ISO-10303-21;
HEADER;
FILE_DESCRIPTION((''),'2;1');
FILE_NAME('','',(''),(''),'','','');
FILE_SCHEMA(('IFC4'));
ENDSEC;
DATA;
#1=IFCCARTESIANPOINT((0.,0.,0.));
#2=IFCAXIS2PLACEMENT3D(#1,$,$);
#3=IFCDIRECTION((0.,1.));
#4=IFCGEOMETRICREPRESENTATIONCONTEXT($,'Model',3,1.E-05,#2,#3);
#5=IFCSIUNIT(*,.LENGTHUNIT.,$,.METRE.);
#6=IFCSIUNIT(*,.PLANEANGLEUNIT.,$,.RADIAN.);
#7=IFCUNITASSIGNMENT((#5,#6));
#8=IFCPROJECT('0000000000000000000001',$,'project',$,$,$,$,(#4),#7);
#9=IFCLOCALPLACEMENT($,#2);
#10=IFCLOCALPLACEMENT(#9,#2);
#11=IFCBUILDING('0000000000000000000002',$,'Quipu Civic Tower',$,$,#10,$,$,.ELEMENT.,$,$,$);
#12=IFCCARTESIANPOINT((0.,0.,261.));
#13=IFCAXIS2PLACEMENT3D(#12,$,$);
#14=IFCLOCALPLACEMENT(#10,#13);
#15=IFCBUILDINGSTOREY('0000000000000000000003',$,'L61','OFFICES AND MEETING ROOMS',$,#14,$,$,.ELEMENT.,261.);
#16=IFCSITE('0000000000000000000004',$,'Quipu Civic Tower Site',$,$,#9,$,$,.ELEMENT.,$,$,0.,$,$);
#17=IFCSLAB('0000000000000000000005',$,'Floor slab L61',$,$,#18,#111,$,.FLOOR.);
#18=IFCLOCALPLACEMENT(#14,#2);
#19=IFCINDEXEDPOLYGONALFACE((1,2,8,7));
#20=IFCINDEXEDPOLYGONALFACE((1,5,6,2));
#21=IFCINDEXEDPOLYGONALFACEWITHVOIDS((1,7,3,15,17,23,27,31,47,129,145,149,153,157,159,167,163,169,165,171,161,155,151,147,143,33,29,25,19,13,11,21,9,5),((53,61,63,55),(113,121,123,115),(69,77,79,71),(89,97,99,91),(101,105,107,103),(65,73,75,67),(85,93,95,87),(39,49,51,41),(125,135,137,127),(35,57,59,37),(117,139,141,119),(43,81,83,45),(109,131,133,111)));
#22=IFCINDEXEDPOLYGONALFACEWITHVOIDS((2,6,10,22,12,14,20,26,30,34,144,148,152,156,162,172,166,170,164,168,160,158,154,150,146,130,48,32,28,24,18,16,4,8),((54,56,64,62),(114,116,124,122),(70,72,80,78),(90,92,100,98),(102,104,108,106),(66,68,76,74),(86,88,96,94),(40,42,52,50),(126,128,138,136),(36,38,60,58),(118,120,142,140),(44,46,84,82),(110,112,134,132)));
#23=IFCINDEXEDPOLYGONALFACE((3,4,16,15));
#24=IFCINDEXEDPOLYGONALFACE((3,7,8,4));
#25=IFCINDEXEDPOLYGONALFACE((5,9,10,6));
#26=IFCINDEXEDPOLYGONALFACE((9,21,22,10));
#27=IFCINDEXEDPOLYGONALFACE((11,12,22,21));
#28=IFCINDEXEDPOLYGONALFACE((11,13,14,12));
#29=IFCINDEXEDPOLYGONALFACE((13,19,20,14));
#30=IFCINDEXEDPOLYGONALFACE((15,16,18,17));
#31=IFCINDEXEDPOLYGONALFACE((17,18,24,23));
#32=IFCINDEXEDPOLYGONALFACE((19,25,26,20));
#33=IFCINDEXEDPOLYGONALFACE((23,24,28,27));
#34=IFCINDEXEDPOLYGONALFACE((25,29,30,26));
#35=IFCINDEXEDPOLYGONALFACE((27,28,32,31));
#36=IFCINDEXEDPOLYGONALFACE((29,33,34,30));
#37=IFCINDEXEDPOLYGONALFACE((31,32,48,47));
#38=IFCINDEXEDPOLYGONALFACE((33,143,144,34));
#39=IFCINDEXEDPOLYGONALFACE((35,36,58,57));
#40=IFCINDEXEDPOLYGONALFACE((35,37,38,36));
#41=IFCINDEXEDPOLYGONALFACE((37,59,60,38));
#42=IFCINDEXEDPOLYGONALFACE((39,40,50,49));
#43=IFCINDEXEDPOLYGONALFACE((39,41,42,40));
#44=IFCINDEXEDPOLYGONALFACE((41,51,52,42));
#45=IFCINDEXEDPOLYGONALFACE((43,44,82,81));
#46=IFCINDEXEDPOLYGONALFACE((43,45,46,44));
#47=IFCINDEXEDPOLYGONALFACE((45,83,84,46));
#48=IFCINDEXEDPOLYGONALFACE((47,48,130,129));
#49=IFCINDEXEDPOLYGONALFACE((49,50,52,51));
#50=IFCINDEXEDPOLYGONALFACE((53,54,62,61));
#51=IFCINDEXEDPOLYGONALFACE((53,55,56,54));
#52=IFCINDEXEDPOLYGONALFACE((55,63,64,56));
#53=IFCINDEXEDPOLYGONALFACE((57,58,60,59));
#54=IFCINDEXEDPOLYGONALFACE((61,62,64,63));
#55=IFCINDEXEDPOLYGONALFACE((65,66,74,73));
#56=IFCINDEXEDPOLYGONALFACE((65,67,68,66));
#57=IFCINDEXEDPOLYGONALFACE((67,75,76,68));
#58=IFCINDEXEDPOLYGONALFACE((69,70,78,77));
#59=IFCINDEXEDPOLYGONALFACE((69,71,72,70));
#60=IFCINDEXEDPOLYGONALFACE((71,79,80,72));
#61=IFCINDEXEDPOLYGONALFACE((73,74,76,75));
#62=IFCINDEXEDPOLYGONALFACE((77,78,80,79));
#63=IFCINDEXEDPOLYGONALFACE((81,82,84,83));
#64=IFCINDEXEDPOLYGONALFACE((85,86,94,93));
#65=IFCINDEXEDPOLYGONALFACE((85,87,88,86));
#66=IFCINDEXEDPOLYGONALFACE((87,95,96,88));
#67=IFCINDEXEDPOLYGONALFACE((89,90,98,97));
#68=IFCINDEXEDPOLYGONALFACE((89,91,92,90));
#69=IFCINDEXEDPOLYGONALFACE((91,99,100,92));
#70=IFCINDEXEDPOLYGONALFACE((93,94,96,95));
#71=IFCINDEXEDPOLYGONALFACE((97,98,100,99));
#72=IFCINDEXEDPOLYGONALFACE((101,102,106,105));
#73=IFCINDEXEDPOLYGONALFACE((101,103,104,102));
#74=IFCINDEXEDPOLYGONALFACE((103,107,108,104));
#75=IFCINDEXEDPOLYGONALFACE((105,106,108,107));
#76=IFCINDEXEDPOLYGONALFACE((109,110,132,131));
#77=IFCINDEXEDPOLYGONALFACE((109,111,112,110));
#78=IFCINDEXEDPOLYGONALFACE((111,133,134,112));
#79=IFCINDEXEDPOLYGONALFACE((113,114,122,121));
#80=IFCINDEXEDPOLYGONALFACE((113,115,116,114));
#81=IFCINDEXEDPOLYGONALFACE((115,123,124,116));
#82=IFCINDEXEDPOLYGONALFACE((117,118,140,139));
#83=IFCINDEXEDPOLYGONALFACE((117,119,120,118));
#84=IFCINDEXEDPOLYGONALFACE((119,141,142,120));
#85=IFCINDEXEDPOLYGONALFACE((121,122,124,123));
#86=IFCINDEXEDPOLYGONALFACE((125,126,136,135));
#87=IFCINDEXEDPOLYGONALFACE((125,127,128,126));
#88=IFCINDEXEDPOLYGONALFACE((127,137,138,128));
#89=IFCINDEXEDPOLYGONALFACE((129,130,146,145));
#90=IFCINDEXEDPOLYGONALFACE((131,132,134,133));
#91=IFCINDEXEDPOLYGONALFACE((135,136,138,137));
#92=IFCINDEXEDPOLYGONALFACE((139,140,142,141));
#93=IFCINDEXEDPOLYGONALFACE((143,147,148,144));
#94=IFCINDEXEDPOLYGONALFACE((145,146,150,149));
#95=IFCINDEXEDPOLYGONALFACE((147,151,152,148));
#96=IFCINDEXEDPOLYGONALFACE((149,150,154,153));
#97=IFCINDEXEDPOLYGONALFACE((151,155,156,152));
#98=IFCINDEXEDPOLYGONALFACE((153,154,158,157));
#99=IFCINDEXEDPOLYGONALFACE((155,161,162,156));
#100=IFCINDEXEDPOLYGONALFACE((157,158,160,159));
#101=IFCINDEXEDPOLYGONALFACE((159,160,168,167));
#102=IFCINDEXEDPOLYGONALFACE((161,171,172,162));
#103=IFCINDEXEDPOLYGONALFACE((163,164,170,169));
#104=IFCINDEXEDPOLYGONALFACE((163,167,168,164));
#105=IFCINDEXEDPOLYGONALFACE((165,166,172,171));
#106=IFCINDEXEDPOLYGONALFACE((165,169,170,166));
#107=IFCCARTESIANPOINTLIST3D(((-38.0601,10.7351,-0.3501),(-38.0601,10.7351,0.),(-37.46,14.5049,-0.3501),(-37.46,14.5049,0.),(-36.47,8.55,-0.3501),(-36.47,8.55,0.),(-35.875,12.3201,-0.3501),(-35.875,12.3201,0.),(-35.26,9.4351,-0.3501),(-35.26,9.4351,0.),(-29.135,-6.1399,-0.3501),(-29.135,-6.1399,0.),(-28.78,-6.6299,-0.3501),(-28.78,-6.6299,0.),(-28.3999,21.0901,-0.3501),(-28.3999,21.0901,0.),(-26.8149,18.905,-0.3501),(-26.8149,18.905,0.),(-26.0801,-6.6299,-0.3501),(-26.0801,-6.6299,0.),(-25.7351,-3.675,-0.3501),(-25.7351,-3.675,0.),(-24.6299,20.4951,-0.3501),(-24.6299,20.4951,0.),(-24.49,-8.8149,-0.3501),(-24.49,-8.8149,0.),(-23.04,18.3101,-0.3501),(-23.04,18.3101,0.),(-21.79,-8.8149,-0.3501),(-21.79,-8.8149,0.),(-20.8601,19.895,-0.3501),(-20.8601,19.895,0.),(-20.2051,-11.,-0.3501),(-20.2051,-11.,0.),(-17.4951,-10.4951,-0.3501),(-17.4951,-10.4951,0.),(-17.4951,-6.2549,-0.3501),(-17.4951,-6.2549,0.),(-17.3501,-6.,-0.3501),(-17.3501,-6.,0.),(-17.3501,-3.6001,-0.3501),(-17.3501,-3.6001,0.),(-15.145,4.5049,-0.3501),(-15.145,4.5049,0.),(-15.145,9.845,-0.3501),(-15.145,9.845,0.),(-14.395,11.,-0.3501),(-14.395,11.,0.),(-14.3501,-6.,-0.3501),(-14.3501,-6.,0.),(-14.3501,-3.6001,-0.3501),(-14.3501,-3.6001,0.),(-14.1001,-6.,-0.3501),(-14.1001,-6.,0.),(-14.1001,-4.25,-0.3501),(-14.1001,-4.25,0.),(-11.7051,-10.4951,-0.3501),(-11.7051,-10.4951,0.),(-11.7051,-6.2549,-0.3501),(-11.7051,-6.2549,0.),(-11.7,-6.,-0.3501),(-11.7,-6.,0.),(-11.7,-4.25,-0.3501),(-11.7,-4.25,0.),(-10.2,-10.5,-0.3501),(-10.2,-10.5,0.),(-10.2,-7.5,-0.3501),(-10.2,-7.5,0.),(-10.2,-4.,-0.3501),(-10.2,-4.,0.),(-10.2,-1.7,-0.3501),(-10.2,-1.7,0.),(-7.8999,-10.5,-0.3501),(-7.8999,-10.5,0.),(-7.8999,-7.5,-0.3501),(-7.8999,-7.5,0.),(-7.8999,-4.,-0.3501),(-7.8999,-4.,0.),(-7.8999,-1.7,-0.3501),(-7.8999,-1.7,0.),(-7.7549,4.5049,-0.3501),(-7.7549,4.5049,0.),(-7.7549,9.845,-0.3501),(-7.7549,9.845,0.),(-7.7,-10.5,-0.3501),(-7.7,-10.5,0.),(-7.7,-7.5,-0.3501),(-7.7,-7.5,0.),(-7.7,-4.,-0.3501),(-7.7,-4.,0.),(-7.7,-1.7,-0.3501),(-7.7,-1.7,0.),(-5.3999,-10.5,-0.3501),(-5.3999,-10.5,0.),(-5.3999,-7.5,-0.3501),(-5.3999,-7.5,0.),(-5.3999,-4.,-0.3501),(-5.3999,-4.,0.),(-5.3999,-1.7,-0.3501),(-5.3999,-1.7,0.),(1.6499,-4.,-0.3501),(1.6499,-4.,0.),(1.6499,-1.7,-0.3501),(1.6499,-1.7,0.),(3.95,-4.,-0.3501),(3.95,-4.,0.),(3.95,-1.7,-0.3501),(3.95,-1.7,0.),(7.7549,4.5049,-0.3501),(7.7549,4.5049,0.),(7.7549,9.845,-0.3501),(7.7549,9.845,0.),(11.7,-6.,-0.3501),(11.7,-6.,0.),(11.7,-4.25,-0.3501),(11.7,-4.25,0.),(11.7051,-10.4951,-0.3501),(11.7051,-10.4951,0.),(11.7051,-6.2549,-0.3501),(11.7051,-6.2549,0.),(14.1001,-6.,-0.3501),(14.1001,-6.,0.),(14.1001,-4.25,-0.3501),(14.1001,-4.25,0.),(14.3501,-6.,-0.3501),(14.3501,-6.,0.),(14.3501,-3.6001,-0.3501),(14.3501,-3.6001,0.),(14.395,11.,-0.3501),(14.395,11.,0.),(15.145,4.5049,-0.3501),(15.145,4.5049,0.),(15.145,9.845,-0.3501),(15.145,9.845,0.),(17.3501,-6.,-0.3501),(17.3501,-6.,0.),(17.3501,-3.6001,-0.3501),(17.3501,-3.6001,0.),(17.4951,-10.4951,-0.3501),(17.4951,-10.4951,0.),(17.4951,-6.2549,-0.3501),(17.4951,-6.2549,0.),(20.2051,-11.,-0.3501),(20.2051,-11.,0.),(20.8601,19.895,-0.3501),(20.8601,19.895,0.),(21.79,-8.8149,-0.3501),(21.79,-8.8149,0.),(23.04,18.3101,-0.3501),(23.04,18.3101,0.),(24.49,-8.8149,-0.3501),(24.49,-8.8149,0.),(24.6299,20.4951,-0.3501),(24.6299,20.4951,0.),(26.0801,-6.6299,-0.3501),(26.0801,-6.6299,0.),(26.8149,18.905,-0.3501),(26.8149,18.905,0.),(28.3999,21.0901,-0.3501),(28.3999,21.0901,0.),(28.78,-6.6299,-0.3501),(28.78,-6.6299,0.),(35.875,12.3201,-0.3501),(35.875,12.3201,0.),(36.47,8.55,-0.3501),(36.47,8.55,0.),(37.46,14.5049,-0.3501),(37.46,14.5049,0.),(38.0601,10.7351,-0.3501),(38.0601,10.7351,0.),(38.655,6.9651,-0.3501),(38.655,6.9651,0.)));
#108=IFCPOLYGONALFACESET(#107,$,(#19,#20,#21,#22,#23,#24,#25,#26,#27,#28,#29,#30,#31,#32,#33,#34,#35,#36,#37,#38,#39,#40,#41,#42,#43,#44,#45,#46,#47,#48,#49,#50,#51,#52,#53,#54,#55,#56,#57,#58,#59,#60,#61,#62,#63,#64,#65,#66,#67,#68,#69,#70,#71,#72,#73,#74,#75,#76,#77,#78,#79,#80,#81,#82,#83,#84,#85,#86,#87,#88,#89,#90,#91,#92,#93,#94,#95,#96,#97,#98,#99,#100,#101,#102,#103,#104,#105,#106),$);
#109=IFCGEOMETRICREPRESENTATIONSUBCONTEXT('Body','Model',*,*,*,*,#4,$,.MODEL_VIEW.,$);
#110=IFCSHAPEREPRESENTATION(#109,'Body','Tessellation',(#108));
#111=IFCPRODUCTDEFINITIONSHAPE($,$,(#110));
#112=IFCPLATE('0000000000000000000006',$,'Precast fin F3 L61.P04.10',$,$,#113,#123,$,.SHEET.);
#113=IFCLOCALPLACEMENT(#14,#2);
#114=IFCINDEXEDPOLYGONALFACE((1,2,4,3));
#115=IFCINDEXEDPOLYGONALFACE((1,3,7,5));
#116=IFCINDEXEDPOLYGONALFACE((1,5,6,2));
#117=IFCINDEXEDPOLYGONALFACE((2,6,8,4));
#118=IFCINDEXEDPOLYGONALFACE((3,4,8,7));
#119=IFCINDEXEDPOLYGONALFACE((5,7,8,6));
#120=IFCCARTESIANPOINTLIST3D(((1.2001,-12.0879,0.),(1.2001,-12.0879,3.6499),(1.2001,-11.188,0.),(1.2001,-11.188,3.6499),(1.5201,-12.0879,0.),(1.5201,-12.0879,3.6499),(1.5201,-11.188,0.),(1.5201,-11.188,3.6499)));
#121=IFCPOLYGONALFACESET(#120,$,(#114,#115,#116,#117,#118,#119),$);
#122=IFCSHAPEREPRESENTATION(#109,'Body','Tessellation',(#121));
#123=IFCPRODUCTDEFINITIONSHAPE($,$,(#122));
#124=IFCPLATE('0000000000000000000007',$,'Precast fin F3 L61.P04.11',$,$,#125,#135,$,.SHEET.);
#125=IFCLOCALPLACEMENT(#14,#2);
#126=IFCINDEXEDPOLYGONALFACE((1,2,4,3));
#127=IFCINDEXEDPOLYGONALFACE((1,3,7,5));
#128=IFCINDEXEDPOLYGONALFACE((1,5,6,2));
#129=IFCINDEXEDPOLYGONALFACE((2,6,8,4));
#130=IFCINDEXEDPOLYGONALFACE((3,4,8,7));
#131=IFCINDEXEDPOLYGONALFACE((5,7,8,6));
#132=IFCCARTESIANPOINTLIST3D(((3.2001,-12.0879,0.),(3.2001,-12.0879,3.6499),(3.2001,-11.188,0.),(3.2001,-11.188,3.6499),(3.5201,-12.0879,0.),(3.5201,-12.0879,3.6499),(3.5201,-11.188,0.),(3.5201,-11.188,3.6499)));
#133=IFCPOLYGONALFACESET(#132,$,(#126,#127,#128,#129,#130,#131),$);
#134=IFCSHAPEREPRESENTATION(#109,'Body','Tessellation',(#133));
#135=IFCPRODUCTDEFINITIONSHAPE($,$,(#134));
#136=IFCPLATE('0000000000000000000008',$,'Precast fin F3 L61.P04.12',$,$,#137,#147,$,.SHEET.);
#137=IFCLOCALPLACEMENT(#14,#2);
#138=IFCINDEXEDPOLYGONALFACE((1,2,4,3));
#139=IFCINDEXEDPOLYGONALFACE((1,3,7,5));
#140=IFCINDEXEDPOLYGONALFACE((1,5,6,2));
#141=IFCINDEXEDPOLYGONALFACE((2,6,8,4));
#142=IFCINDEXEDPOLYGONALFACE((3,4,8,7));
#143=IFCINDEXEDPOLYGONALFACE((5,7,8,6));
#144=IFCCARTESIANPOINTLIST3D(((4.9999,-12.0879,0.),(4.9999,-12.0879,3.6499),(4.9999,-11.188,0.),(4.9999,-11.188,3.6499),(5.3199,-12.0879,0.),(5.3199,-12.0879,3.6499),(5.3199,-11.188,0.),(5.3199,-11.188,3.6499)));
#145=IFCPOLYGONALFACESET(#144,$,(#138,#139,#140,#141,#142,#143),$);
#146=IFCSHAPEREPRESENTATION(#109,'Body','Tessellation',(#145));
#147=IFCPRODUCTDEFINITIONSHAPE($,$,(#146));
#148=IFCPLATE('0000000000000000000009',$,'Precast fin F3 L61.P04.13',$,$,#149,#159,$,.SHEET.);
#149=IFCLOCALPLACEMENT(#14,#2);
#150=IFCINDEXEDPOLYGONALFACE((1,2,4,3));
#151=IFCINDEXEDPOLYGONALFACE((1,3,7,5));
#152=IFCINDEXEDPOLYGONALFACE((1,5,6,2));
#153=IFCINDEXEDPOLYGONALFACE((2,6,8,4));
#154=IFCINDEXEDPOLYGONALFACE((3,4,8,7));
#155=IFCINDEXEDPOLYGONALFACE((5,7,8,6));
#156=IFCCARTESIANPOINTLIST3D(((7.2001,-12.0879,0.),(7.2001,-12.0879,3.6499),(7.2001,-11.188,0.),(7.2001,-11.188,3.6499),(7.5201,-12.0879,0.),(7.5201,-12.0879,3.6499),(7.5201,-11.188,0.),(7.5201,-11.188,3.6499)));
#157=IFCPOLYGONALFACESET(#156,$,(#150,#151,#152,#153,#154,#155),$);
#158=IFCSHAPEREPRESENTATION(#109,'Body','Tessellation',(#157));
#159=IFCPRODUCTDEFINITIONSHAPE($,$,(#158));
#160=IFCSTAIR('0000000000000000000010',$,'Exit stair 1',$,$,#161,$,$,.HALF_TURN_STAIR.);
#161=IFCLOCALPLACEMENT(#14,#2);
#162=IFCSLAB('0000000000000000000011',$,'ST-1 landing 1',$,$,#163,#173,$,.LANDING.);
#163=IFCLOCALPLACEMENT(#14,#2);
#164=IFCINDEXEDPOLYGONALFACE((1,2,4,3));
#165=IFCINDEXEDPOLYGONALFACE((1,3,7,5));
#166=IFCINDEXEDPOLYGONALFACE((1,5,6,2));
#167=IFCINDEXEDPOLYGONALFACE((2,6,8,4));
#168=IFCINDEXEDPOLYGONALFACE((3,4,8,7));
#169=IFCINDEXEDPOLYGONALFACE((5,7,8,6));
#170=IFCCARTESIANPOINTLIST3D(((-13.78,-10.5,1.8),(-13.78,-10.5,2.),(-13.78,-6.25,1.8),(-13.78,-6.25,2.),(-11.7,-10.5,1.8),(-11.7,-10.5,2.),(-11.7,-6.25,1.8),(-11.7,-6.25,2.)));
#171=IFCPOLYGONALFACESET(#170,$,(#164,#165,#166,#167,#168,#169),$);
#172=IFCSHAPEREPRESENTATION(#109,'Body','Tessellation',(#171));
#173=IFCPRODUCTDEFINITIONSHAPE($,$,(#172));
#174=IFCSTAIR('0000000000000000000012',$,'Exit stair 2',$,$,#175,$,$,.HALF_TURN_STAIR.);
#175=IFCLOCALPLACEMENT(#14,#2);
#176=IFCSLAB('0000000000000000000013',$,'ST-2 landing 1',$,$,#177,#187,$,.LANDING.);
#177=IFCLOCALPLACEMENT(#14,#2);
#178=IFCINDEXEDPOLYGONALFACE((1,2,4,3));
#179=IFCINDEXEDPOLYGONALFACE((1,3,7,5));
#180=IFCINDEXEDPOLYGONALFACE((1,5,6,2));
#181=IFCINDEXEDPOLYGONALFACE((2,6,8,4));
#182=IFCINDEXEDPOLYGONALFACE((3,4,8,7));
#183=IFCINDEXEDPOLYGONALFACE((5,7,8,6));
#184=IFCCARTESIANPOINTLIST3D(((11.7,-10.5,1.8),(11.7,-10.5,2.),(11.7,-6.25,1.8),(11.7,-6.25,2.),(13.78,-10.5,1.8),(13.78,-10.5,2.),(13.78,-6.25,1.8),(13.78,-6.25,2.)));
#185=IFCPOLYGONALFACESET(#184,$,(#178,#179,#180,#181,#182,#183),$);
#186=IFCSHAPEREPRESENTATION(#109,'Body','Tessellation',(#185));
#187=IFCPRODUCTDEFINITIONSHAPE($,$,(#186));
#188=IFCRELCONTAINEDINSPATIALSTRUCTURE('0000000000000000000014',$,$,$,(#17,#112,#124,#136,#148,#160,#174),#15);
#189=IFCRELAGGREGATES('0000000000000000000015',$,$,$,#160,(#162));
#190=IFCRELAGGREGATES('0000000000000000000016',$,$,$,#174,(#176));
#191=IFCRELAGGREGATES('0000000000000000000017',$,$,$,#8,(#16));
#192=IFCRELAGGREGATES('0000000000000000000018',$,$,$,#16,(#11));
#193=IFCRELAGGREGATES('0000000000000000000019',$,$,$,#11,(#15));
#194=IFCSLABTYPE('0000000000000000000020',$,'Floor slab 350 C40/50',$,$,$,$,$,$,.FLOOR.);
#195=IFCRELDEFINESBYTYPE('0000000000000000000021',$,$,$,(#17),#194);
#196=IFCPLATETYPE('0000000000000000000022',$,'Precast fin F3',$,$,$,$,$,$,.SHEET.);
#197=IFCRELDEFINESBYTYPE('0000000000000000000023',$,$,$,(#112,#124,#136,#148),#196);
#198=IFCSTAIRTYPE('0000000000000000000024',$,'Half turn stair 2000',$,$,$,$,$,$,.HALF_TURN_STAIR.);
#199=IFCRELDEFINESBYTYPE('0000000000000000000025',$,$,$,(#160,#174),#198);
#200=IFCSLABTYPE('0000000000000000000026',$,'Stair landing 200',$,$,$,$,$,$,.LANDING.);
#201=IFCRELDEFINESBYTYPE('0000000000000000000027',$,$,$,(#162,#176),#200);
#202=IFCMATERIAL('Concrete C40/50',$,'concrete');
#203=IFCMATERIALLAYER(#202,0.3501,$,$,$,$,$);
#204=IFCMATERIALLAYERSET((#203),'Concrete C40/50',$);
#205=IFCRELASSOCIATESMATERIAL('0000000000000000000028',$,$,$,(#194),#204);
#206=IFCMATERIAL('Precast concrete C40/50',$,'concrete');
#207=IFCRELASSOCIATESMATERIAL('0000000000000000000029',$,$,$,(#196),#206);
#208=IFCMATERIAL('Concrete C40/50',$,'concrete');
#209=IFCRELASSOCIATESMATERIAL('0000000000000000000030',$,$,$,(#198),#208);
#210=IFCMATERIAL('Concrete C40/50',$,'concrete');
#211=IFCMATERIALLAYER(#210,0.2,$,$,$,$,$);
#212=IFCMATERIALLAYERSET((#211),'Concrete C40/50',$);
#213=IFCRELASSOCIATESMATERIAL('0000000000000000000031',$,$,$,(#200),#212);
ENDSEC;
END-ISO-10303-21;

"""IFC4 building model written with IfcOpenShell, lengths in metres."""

from ifc_helpers import new_model, si_unit, direction, frame, origin, origin_2d, place, context, subcontext, project, spatial, polyline, rectangle, outline, extrude, material, layer, layer_set, type_object, element, aggregate, save


model = new_model("IFC4")

# Units and contexts
model_context = context("Model", 3, precision=1e-05, world=origin(), true_north=direction((0.0, 1.0)))
body_context = subcontext(model_context, "Body", "Model", "MODEL_VIEW")
ifc_project = project(units=[si_unit("LENGTHUNIT", "METRE"), si_unit("PLANEANGLEUNIT", "RADIAN")], contexts=[model_context])

# Site, building, storey
site_placement = place(None, origin())
site = spatial("IfcSite", under=ifc_project, at=site_placement, Name="Quipu Civic Tower Site", CompositionType="ELEMENT", RefElevation=0.0)
building_placement = place(site_placement, origin())
building = spatial("IfcBuilding", under=site, at=building_placement, Name="Quipu Civic Tower", CompositionType="ELEMENT")
storey_placement = place(building_placement, frame((0.0, 0.0, 261.0)))
storey = spatial("IfcBuildingStorey", under=building, at=storey_placement, Name="L61", Description="OFFICES AND MEETING ROOMS", CompositionType="ELEMENT", Elevation=261.0)

# Slab
ifc_material_1 = material(Name="Concrete C40/50", Category="concrete")
ifc_layer_1 = layer(ifc_material_1, 0.3501)
ifc_layer_set_1 = layer_set([ifc_layer_1], Name="Concrete C40/50")
slab_type_1 = type_object("IfcSlabType", Name="Floor slab 350 C40/50", PredefinedType="FLOOR", material=ifc_layer_set_1)
slab_1_placement = place(storey_placement, frame((0.0, 0.0, -0.3501)))
element("IfcSlab", 1, at=slab_1_placement, inside=storey, type_object=slab_type_1, Name="Floor slab L61", PredefinedType="FLOOR", context=body_context, shape_type="SweptSolid", body=[
    extrude(outline(polyline([(-35.875, 12.3201), (-37.46, 14.5049), (-28.3999, 21.0901), (-26.8149, 18.905), (-24.6299, 20.4951), (-23.04, 18.3101), (-20.8601, 19.895), (-14.395, 11.0), (14.395, 11.0), (20.8601, 19.895), (23.04, 18.3101), (24.6299, 20.4951), (26.8149, 18.905), (28.3999, 21.0901), (37.46, 14.5049), (35.875, 12.3201), (38.0601, 10.7351), (36.47, 8.55), (38.655, 6.9651), (28.78, -6.6299), (26.0801, -6.6299), (24.49, -8.8149), (21.79, -8.8149), (20.2051, -11.0), (-20.2051, -11.0), (-21.79, -8.8149), (-24.49, -8.8149), (-26.0801, -6.6299), (-28.78, -6.6299), (-29.135, -6.1399), (-25.7351, -3.675), (-35.26, 9.4351), (-36.47, 8.55), (-38.0601, 10.7351), (-35.875, 12.3201)]), holes=[polyline([(-10.2, -10.5), (-7.8999, -10.5), (-7.8999, -7.5), (-10.2, -7.5), (-10.2, -10.5)]), polyline([(-7.7, -7.5), (-7.7, -10.5), (-5.3999, -10.5), (-5.3999, -7.5), (-7.7, -7.5)]), polyline([(-11.7051, -6.2549), (-17.4951, -6.2549), (-17.4951, -10.4951), (-11.7051, -10.4951), (-11.7051, -6.2549)]), polyline([(-14.1001, -6.0), (-11.7, -6.0), (-11.7, -4.25), (-14.1001, -4.25), (-14.1001, -6.0)]), polyline([(-17.3501, -3.6001), (-17.3501, -6.0), (-14.3501, -6.0), (-14.3501, -3.6001), (-17.3501, -3.6001)]), polyline([(-10.2, -1.7), (-10.2, -4.0), (-7.8999, -4.0), (-7.8999, -1.7), (-10.2, -1.7)]), polyline([(-15.145, 9.845), (-15.145, 4.5049), (-7.7549, 4.5049), (-7.7549, 9.845), (-15.145, 9.845)]), polyline([(11.7051, -10.4951), (17.4951, -10.4951), (17.4951, -6.2549), (11.7051, -6.2549), (11.7051, -10.4951)]), polyline([(11.7, -4.25), (11.7, -6.0), (14.1001, -6.0), (14.1001, -4.25), (11.7, -4.25)]), polyline([(14.3501, -3.6001), (14.3501, -6.0), (17.3501, -6.0), (17.3501, -3.6001), (14.3501, -3.6001)]), polyline([(-7.7, -1.7), (-7.7, -4.0), (-5.3999, -4.0), (-5.3999, -1.7), (-7.7, -1.7)]), polyline([(1.6499, -1.7), (1.6499, -4.0), (3.95, -4.0), (3.95, -1.7), (1.6499, -1.7)]), polyline([(7.7549, 4.5049), (15.145, 4.5049), (15.145, 9.845), (7.7549, 9.845), (7.7549, 4.5049)])]), origin(), (0.0, 0.0, 1.0), 0.3501),
])

# Plates
ifc_material_2 = material(Name="Precast concrete C40/50", Category="concrete")
plate_type = type_object("IfcPlateType", Name="Precast fin F3", PredefinedType="SHEET", material=ifc_material_2)
for number, where, z_axis, x_axis, name in (
    (2, (1.3601, -11.6379, 0.0), (0.0, 0.0, 1.0), (1.0, 0.0, 0.0), "Precast fin F3 L61.P04.10"),
    (3, (3.3601, -11.6379, 0.0), (0.0, 0.0, 1.0), (1.0, 0.0, 0.0), "Precast fin F3 L61.P04.11"),
    (4, (5.1599, -11.6379, 0.0), (0.0, 0.0, 1.0), (1.0, 0.0, 0.0), "Precast fin F3 L61.P04.12"),
    (5, (7.3601, -11.6379, 0.0), (0.0, 0.0, 1.0), (1.0, 0.0, 0.0), "Precast fin F3 L61.P04.13"),
):
    element("IfcPlate", number, at=place(storey_placement, frame(where, z_axis=z_axis, x_axis=x_axis)), inside=storey, type_object=plate_type, Name=name, PredefinedType="SHEET", context=body_context, shape_type="SweptSolid", body=[
        extrude(rectangle(XDim=0.3201, YDim=0.8999, at=origin_2d()), origin(), (0.0, 0.0, 1.0), 3.6499),
    ])

# Stairs, slabs
ifc_material_3 = material(Name="Concrete C40/50", Category="concrete")
stair_type_1 = type_object("IfcStairType", Name="Half turn stair 2000", PredefinedType="HALF_TURN_STAIR", material=ifc_material_3)
stair_1_placement = place(storey_placement, origin())
stair_1 = element("IfcStair", 6, at=stair_1_placement, inside=storey, type_object=stair_type_1, Name="Exit stair 1", PredefinedType="HALF_TURN_STAIR")
ifc_material_4 = material(Name="Concrete C40/50", Category="concrete")
ifc_layer_2 = layer(ifc_material_4, 0.2)
ifc_layer_set_2 = layer_set([ifc_layer_2], Name="Concrete C40/50")
slab_type_2 = type_object("IfcSlabType", Name="Stair landing 200", PredefinedType="LANDING", material=ifc_layer_set_2)
slab_2_placement = place(storey_placement, frame((0.0, 0.0, 1.8)))
slab_2 = element("IfcSlab", 7, at=slab_2_placement, type_object=slab_type_2, Name="ST-1 landing 1", PredefinedType="LANDING", context=body_context, shape_type="SweptSolid", body=[
    extrude(outline(polyline([(-13.78, -10.5), (-11.7, -10.5), (-11.7, -6.25), (-13.78, -6.25), (-13.78, -10.5)])), origin(), (0.0, 0.0, 1.0), 0.2),
])
aggregate(stair_1, [slab_2])
stair_2_placement = place(storey_placement, origin())
stair_2 = element("IfcStair", 8, at=stair_2_placement, inside=storey, type_object=stair_type_1, Name="Exit stair 2", PredefinedType="HALF_TURN_STAIR")
slab_3_placement = place(storey_placement, frame((0.0, 0.0, 1.8)))
slab_3 = element("IfcSlab", 9, at=slab_3_placement, type_object=slab_type_2, Name="ST-2 landing 1", PredefinedType="LANDING", context=body_context, shape_type="SweptSolid", body=[
    extrude(outline(polyline([(13.78, -6.25), (11.7, -6.25), (11.7, -10.5), (13.78, -10.5), (13.78, -6.25)])), origin(), (0.0, 0.0, 1.0), 0.2),
])
aggregate(stair_2, [slab_3])

save(model, "model.ifc")
